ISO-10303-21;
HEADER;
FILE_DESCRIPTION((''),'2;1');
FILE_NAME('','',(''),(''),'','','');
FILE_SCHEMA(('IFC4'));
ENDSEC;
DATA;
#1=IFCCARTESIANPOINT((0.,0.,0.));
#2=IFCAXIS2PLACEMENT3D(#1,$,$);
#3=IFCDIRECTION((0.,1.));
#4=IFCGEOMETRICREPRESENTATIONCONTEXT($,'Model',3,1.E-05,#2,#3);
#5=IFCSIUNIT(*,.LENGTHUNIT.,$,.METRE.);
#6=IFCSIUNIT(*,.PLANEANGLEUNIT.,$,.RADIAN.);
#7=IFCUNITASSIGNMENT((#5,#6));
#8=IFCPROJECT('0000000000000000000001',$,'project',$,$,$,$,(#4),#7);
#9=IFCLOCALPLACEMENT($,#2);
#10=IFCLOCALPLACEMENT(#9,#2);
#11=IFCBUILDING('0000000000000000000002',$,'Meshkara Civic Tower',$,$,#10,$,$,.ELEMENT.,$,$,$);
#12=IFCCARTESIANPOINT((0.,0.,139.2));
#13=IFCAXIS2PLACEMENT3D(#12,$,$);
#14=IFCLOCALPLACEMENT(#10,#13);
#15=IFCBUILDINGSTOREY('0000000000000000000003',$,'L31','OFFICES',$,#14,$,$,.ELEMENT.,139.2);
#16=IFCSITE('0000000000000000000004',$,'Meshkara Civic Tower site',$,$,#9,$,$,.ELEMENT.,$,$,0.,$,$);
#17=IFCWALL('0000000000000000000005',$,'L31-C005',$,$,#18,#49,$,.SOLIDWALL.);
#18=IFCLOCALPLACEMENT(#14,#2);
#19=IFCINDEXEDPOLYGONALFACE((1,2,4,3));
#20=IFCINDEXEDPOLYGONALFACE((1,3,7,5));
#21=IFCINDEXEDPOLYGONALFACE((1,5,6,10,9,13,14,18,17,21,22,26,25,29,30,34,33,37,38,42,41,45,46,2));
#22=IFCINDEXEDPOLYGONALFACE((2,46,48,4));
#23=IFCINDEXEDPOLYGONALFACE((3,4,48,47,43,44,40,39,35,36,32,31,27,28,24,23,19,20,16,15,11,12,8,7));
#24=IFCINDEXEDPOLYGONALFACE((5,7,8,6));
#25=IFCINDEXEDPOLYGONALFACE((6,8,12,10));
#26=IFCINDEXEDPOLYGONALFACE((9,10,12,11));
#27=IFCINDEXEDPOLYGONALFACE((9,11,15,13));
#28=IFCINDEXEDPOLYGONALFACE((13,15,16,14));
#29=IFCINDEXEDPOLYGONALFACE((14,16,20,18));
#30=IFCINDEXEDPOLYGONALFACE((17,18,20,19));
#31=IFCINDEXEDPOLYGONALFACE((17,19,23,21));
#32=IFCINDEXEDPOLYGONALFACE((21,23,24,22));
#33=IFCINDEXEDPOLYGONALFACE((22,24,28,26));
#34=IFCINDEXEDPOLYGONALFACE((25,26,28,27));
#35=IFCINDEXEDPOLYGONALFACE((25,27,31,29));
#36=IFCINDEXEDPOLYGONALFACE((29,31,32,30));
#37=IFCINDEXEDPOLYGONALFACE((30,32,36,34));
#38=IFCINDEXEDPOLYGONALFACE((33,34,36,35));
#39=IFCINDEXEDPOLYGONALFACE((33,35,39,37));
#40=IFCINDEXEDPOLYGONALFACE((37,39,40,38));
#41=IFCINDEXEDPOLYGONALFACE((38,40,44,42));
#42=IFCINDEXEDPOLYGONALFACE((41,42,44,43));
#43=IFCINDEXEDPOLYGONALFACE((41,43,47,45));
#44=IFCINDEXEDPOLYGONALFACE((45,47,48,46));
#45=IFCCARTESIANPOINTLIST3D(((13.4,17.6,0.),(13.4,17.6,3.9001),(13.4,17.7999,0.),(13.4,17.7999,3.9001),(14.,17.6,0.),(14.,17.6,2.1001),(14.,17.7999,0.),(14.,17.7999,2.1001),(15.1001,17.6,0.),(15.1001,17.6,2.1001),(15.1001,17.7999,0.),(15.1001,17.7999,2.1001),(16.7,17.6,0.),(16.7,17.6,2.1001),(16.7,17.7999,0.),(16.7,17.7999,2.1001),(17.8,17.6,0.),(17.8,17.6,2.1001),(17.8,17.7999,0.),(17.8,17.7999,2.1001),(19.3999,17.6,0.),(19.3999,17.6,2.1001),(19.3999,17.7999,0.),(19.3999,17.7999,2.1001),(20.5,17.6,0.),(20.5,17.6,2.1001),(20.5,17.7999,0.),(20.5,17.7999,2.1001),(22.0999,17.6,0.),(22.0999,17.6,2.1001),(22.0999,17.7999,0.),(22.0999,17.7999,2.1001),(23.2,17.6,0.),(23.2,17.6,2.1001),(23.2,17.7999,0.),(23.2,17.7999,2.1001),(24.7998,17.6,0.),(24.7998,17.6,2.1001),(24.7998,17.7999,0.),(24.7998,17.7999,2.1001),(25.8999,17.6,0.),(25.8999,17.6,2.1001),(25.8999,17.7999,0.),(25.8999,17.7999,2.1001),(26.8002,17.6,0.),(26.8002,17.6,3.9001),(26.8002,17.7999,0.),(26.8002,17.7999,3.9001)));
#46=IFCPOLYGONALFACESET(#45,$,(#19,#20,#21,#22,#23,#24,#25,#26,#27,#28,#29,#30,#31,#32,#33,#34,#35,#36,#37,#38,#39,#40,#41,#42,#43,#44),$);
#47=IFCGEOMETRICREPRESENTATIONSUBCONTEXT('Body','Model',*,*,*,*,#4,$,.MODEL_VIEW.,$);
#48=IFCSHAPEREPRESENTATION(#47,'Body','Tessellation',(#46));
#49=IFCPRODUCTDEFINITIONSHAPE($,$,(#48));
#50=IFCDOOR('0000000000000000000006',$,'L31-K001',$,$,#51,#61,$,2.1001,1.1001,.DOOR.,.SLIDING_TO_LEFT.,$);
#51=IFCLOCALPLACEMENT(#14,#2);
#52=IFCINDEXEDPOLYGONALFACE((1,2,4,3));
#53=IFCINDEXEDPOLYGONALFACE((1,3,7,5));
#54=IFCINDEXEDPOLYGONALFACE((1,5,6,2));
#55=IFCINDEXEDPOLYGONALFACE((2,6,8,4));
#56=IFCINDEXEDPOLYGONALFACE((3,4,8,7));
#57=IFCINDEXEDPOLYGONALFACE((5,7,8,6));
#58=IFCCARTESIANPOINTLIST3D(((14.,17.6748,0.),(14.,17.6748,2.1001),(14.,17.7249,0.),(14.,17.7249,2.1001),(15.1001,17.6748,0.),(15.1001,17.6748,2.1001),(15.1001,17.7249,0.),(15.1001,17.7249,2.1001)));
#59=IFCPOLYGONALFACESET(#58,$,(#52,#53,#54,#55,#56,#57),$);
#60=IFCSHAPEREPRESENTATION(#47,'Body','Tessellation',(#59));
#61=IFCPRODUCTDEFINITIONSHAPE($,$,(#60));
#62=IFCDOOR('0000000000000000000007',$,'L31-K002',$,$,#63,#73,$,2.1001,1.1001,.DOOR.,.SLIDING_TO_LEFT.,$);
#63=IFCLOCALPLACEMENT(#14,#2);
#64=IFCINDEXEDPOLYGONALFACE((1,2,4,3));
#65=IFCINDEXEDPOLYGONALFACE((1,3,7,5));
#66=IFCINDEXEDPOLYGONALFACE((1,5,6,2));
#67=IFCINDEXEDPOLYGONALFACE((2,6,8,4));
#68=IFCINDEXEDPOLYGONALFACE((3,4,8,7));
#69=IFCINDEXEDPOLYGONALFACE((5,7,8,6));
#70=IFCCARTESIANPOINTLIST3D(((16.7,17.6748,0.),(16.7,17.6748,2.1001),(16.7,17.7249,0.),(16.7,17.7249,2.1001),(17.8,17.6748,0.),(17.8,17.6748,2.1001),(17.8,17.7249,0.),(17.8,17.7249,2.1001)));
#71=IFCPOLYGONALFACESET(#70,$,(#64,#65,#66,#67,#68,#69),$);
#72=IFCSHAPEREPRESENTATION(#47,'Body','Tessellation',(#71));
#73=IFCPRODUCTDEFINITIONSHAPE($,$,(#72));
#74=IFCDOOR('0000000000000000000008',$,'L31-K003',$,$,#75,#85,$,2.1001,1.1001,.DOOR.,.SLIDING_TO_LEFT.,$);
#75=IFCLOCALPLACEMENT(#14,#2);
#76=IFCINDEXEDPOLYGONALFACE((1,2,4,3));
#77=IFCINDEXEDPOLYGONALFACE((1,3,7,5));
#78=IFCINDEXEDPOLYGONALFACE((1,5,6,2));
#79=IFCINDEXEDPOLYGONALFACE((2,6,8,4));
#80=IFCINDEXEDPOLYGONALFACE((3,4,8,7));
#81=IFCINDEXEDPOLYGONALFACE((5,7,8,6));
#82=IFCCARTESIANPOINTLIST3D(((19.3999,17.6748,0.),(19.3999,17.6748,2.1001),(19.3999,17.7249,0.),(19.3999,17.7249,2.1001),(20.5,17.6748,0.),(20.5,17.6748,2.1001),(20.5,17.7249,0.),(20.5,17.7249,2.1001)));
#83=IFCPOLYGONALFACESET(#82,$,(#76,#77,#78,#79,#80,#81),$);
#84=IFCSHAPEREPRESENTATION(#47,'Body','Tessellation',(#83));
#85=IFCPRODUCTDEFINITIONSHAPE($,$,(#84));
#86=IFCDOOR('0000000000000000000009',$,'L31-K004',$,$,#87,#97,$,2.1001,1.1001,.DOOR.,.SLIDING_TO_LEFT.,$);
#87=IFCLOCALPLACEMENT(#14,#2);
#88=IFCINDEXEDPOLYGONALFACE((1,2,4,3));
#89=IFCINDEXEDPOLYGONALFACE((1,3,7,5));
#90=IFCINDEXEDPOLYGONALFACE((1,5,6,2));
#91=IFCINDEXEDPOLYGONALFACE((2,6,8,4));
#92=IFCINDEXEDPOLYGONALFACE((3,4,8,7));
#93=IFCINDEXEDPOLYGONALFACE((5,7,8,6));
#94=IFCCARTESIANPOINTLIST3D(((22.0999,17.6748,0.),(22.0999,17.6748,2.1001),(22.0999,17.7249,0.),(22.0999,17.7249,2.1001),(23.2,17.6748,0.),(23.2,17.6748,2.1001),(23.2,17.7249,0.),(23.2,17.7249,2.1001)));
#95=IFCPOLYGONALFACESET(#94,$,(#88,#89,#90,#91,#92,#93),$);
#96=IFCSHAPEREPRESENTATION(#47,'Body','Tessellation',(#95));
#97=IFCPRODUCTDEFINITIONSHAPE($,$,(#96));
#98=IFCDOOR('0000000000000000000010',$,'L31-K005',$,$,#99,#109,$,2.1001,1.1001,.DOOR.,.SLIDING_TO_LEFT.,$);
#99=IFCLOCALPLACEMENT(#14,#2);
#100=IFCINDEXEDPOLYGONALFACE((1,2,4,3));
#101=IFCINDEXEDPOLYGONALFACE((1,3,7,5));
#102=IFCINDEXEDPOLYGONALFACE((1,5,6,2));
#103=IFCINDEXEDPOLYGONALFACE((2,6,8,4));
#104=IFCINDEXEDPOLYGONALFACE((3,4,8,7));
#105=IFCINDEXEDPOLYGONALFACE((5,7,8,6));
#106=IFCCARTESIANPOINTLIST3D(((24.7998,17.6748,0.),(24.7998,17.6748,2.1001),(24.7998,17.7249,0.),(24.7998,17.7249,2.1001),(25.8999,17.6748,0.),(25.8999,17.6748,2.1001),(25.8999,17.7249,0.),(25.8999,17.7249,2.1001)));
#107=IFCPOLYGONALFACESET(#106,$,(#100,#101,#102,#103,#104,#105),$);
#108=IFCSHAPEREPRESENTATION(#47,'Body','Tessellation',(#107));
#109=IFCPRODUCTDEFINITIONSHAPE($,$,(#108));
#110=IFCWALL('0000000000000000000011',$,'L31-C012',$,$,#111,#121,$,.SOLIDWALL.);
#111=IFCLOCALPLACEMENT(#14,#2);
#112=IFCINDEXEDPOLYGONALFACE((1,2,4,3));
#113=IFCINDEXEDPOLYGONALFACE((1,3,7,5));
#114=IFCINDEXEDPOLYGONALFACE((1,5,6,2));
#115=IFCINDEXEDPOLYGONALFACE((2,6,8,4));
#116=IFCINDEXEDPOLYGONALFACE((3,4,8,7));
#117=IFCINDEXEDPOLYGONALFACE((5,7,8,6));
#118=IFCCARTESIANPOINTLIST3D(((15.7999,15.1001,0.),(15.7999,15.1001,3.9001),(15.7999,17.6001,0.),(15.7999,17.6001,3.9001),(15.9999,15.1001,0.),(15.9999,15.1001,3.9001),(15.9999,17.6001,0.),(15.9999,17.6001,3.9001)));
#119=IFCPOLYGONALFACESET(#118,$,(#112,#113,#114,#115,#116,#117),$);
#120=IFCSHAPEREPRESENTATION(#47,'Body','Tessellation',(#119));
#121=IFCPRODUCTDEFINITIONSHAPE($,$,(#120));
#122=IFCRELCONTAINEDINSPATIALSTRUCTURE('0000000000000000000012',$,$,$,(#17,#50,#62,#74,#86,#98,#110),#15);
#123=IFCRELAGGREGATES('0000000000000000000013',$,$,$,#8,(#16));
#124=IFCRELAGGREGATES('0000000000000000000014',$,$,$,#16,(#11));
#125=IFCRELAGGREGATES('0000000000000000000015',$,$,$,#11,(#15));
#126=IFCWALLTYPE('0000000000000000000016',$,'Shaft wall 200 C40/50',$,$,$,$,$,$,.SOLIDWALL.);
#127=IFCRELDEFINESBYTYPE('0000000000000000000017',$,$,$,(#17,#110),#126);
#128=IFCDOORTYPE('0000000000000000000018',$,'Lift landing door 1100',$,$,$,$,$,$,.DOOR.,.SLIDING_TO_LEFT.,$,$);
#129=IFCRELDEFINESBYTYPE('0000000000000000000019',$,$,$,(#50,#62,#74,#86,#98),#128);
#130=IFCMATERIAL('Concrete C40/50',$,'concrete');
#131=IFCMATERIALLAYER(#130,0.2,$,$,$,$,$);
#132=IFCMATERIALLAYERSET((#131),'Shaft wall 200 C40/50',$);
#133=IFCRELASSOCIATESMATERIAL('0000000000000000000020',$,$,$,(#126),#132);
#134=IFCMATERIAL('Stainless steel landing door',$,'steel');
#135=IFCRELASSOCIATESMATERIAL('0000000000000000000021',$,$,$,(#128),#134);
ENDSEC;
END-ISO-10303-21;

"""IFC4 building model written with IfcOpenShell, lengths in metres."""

from ifc_helpers import new_model, si_unit, direction, frame, frame_2d, origin, place, context, subcontext, project, spatial, rectangle, extrude, material, layer, layer_set, type_object, element, fill, save


model = new_model("IFC4")

# Units and contexts
model_context = context("Model", 3, precision=1e-05, world=origin(), true_north=direction((0.0, 1.0)))
body_context = subcontext(model_context, "Body", "Model", "MODEL_VIEW")
ifc_project = project(units=[si_unit("LENGTHUNIT", "METRE"), si_unit("PLANEANGLEUNIT", "RADIAN")], contexts=[model_context])

# Site, building, storey
site_placement = place(None, origin())
site = spatial("IfcSite", under=ifc_project, at=site_placement, Name="Meshkara Civic Tower site", CompositionType="ELEMENT", RefElevation=0.0)
building_placement = place(site_placement, origin())
building = spatial("IfcBuilding", under=site, at=building_placement, Name="Meshkara Civic Tower", CompositionType="ELEMENT")
storey_placement = place(building_placement, frame((0.0, 0.0, 139.2)))
storey = spatial("IfcBuildingStorey", under=building, at=storey_placement, Name="L31", Description="OFFICES", CompositionType="ELEMENT", Elevation=139.2)

# Wall, openings, doors
ifc_material_1 = material(Name="Concrete C40/50", Category="concrete")
ifc_layer_1 = layer(ifc_material_1, 0.2)
ifc_layer_set_1 = layer_set([ifc_layer_1], Name="Shaft wall 200 C40/50")
wall_type_1 = type_object("IfcWallType", Name="Shaft wall 200 C40/50", PredefinedType="SOLIDWALL", material=ifc_layer_set_1)
wall_1_placement = place(storey_placement, frame((13.3999, 17.7, 0.0), z_axis=(0.0, 0.0, 1.0), x_axis=(1.0, 0.0, 0.0)))
wall_1 = element("IfcWall", 1, at=wall_1_placement, inside=storey, type_object=wall_type_1, Name="L31-C005", PredefinedType="SOLIDWALL", context=body_context, shape_type="SweptSolid", body=[
    extrude(rectangle(XDim=13.4001, YDim=0.2, at=frame_2d((6.7002, 0.0))), origin(), (0.0, 0.0, 1.0), 3.9001),
])
opening_1_placement = place(wall_1_placement, frame((0.6001, 0.0, 0.0)))
opening_1 = element("IfcOpeningElement", 2, at=opening_1_placement, cuts=wall_1, PredefinedType="OPENING", context=body_context, shape_type="SweptSolid", body=[
    extrude(rectangle(XDim=1.1001, YDim=2.1001, at=frame_2d((0.55, 1.05))), frame((0.0, 0.1099, 0.0), z_axis=(0.0, -1.0, 0.0), x_axis=(1.0, 0.0, 0.0)), (0.0, 0.0, 1.0), 0.22),
])
opening_2_placement = place(wall_1_placement, frame((3.3, 0.0, 0.0)))
opening_2 = element("IfcOpeningElement", 3, at=opening_2_placement, cuts=wall_1, PredefinedType="OPENING", context=body_context, shape_type="SweptSolid", body=[
    extrude(rectangle(XDim=1.1001, YDim=2.1001, at=frame_2d((0.55, 1.05))), frame((0.0, 0.1099, 0.0), z_axis=(0.0, -1.0, 0.0), x_axis=(1.0, 0.0, 0.0)), (0.0, 0.0, 1.0), 0.22),
])
opening_3_placement = place(wall_1_placement, frame((6.0, 0.0, 0.0)))
opening_3 = element("IfcOpeningElement", 4, at=opening_3_placement, cuts=wall_1, PredefinedType="OPENING", context=body_context, shape_type="SweptSolid", body=[
    extrude(rectangle(XDim=1.1001, YDim=2.1001, at=frame_2d((0.55, 1.05))), frame((0.0, 0.1099, 0.0), z_axis=(0.0, -1.0, 0.0), x_axis=(1.0, 0.0, 0.0)), (0.0, 0.0, 1.0), 0.22),
])
opening_4_placement = place(wall_1_placement, frame((8.7, 0.0, 0.0)))
opening_4 = element("IfcOpeningElement", 5, at=opening_4_placement, cuts=wall_1, PredefinedType="OPENING", context=body_context, shape_type="SweptSolid", body=[
    extrude(rectangle(XDim=1.1001, YDim=2.1001, at=frame_2d((0.55, 1.05))), frame((0.0, 0.1099, 0.0), z_axis=(0.0, -1.0, 0.0), x_axis=(1.0, 0.0, 0.0)), (0.0, 0.0, 1.0), 0.22),
])
opening_5_placement = place(wall_1_placement, frame((11.3999, 0.0, 0.0)))
opening_5 = element("IfcOpeningElement", 6, at=opening_5_placement, cuts=wall_1, PredefinedType="OPENING", context=body_context, shape_type="SweptSolid", body=[
    extrude(rectangle(XDim=1.1001, YDim=2.1001, at=frame_2d((0.55, 1.05))), frame((0.0, 0.1099, 0.0), z_axis=(0.0, -1.0, 0.0), x_axis=(1.0, 0.0, 0.0)), (0.0, 0.0, 1.0), 0.22),
])
ifc_material_2 = material(Name="Stainless steel landing door", Category="steel")
door_type_1 = type_object("IfcDoorType", Name="Lift landing door 1100", OperationType="SLIDING_TO_LEFT", PredefinedType="DOOR", material=ifc_material_2)
door_1_placement = place(opening_1_placement, origin())
door_1 = element("IfcDoor", 7, at=door_1_placement, inside=storey, type_object=door_type_1, Name="L31-K001", OperationType="SLIDING_TO_LEFT", OverallHeight=2.1001, OverallWidth=1.1001, PredefinedType="DOOR", context=body_context, shape_type="SweptSolid", body=[
    extrude(rectangle(XDim=1.1001, YDim=2.1001, at=frame_2d((0.55, 1.05))), frame((0.0, 0.0249, 0.0), z_axis=(0.0, -1.0, 0.0), x_axis=(1.0, 0.0, 0.0)), (0.0, 0.0, 1.0), 0.05),
])
fill(opening_1, door_1)
door_2_placement = place(opening_2_placement, origin())
door_2 = element("IfcDoor", 8, at=door_2_placement, inside=storey, type_object=door_type_1, Name="L31-K002", OperationType="SLIDING_TO_LEFT", OverallHeight=2.1001, OverallWidth=1.1001, PredefinedType="DOOR", context=body_context, shape_type="SweptSolid", body=[
    extrude(rectangle(XDim=1.1001, YDim=2.1001, at=frame_2d((0.55, 1.05))), frame((0.0, 0.0249, 0.0), z_axis=(0.0, -1.0, 0.0), x_axis=(1.0, 0.0, 0.0)), (0.0, 0.0, 1.0), 0.05),
])
fill(opening_2, door_2)
door_3_placement = place(opening_3_placement, origin())
door_3 = element("IfcDoor", 9, at=door_3_placement, inside=storey, type_object=door_type_1, Name="L31-K003", OperationType="SLIDING_TO_LEFT", OverallHeight=2.1001, OverallWidth=1.1001, PredefinedType="DOOR", context=body_context, shape_type="SweptSolid", body=[
    extrude(rectangle(XDim=1.1001, YDim=2.1001, at=frame_2d((0.55, 1.05))), frame((0.0, 0.0249, 0.0), z_axis=(0.0, -1.0, 0.0), x_axis=(1.0, 0.0, 0.0)), (0.0, 0.0, 1.0), 0.05),
])
fill(opening_3, door_3)
door_4_placement = place(opening_4_placement, origin())
door_4 = element("IfcDoor", 10, at=door_4_placement, inside=storey, type_object=door_type_1, Name="L31-K004", OperationType="SLIDING_TO_LEFT", OverallHeight=2.1001, OverallWidth=1.1001, PredefinedType="DOOR", context=body_context, shape_type="SweptSolid", body=[
    extrude(rectangle(XDim=1.1001, YDim=2.1001, at=frame_2d((0.55, 1.05))), frame((0.0, 0.0249, 0.0), z_axis=(0.0, -1.0, 0.0), x_axis=(1.0, 0.0, 0.0)), (0.0, 0.0, 1.0), 0.05),
])
fill(opening_4, door_4)
door_5_placement = place(opening_5_placement, origin())
door_5 = element("IfcDoor", 11, at=door_5_placement, inside=storey, type_object=door_type_1, Name="L31-K005", OperationType="SLIDING_TO_LEFT", OverallHeight=2.1001, OverallWidth=1.1001, PredefinedType="DOOR", context=body_context, shape_type="SweptSolid", body=[
    extrude(rectangle(XDim=1.1001, YDim=2.1001, at=frame_2d((0.55, 1.05))), frame((0.0, 0.0249, 0.0), z_axis=(0.0, -1.0, 0.0), x_axis=(1.0, 0.0, 0.0)), (0.0, 0.0, 1.0), 0.05),
])
fill(opening_5, door_5)

# Wall
wall_2_placement = place(storey_placement, frame((15.8999, 15.1001, 0.0), z_axis=(0.0, 0.0, 1.0), x_axis=(0.0, 1.0, 0.0)))
element("IfcWall", 12, at=wall_2_placement, inside=storey, type_object=wall_type_1, Name="L31-C012", PredefinedType="SOLIDWALL", context=body_context, shape_type="SweptSolid", body=[
    extrude(rectangle(XDim=2.5, YDim=0.2, at=frame_2d((1.25, 0.0))), origin(), (0.0, 0.0, 1.0), 3.9001),
])

save(model, "model.ifc")
